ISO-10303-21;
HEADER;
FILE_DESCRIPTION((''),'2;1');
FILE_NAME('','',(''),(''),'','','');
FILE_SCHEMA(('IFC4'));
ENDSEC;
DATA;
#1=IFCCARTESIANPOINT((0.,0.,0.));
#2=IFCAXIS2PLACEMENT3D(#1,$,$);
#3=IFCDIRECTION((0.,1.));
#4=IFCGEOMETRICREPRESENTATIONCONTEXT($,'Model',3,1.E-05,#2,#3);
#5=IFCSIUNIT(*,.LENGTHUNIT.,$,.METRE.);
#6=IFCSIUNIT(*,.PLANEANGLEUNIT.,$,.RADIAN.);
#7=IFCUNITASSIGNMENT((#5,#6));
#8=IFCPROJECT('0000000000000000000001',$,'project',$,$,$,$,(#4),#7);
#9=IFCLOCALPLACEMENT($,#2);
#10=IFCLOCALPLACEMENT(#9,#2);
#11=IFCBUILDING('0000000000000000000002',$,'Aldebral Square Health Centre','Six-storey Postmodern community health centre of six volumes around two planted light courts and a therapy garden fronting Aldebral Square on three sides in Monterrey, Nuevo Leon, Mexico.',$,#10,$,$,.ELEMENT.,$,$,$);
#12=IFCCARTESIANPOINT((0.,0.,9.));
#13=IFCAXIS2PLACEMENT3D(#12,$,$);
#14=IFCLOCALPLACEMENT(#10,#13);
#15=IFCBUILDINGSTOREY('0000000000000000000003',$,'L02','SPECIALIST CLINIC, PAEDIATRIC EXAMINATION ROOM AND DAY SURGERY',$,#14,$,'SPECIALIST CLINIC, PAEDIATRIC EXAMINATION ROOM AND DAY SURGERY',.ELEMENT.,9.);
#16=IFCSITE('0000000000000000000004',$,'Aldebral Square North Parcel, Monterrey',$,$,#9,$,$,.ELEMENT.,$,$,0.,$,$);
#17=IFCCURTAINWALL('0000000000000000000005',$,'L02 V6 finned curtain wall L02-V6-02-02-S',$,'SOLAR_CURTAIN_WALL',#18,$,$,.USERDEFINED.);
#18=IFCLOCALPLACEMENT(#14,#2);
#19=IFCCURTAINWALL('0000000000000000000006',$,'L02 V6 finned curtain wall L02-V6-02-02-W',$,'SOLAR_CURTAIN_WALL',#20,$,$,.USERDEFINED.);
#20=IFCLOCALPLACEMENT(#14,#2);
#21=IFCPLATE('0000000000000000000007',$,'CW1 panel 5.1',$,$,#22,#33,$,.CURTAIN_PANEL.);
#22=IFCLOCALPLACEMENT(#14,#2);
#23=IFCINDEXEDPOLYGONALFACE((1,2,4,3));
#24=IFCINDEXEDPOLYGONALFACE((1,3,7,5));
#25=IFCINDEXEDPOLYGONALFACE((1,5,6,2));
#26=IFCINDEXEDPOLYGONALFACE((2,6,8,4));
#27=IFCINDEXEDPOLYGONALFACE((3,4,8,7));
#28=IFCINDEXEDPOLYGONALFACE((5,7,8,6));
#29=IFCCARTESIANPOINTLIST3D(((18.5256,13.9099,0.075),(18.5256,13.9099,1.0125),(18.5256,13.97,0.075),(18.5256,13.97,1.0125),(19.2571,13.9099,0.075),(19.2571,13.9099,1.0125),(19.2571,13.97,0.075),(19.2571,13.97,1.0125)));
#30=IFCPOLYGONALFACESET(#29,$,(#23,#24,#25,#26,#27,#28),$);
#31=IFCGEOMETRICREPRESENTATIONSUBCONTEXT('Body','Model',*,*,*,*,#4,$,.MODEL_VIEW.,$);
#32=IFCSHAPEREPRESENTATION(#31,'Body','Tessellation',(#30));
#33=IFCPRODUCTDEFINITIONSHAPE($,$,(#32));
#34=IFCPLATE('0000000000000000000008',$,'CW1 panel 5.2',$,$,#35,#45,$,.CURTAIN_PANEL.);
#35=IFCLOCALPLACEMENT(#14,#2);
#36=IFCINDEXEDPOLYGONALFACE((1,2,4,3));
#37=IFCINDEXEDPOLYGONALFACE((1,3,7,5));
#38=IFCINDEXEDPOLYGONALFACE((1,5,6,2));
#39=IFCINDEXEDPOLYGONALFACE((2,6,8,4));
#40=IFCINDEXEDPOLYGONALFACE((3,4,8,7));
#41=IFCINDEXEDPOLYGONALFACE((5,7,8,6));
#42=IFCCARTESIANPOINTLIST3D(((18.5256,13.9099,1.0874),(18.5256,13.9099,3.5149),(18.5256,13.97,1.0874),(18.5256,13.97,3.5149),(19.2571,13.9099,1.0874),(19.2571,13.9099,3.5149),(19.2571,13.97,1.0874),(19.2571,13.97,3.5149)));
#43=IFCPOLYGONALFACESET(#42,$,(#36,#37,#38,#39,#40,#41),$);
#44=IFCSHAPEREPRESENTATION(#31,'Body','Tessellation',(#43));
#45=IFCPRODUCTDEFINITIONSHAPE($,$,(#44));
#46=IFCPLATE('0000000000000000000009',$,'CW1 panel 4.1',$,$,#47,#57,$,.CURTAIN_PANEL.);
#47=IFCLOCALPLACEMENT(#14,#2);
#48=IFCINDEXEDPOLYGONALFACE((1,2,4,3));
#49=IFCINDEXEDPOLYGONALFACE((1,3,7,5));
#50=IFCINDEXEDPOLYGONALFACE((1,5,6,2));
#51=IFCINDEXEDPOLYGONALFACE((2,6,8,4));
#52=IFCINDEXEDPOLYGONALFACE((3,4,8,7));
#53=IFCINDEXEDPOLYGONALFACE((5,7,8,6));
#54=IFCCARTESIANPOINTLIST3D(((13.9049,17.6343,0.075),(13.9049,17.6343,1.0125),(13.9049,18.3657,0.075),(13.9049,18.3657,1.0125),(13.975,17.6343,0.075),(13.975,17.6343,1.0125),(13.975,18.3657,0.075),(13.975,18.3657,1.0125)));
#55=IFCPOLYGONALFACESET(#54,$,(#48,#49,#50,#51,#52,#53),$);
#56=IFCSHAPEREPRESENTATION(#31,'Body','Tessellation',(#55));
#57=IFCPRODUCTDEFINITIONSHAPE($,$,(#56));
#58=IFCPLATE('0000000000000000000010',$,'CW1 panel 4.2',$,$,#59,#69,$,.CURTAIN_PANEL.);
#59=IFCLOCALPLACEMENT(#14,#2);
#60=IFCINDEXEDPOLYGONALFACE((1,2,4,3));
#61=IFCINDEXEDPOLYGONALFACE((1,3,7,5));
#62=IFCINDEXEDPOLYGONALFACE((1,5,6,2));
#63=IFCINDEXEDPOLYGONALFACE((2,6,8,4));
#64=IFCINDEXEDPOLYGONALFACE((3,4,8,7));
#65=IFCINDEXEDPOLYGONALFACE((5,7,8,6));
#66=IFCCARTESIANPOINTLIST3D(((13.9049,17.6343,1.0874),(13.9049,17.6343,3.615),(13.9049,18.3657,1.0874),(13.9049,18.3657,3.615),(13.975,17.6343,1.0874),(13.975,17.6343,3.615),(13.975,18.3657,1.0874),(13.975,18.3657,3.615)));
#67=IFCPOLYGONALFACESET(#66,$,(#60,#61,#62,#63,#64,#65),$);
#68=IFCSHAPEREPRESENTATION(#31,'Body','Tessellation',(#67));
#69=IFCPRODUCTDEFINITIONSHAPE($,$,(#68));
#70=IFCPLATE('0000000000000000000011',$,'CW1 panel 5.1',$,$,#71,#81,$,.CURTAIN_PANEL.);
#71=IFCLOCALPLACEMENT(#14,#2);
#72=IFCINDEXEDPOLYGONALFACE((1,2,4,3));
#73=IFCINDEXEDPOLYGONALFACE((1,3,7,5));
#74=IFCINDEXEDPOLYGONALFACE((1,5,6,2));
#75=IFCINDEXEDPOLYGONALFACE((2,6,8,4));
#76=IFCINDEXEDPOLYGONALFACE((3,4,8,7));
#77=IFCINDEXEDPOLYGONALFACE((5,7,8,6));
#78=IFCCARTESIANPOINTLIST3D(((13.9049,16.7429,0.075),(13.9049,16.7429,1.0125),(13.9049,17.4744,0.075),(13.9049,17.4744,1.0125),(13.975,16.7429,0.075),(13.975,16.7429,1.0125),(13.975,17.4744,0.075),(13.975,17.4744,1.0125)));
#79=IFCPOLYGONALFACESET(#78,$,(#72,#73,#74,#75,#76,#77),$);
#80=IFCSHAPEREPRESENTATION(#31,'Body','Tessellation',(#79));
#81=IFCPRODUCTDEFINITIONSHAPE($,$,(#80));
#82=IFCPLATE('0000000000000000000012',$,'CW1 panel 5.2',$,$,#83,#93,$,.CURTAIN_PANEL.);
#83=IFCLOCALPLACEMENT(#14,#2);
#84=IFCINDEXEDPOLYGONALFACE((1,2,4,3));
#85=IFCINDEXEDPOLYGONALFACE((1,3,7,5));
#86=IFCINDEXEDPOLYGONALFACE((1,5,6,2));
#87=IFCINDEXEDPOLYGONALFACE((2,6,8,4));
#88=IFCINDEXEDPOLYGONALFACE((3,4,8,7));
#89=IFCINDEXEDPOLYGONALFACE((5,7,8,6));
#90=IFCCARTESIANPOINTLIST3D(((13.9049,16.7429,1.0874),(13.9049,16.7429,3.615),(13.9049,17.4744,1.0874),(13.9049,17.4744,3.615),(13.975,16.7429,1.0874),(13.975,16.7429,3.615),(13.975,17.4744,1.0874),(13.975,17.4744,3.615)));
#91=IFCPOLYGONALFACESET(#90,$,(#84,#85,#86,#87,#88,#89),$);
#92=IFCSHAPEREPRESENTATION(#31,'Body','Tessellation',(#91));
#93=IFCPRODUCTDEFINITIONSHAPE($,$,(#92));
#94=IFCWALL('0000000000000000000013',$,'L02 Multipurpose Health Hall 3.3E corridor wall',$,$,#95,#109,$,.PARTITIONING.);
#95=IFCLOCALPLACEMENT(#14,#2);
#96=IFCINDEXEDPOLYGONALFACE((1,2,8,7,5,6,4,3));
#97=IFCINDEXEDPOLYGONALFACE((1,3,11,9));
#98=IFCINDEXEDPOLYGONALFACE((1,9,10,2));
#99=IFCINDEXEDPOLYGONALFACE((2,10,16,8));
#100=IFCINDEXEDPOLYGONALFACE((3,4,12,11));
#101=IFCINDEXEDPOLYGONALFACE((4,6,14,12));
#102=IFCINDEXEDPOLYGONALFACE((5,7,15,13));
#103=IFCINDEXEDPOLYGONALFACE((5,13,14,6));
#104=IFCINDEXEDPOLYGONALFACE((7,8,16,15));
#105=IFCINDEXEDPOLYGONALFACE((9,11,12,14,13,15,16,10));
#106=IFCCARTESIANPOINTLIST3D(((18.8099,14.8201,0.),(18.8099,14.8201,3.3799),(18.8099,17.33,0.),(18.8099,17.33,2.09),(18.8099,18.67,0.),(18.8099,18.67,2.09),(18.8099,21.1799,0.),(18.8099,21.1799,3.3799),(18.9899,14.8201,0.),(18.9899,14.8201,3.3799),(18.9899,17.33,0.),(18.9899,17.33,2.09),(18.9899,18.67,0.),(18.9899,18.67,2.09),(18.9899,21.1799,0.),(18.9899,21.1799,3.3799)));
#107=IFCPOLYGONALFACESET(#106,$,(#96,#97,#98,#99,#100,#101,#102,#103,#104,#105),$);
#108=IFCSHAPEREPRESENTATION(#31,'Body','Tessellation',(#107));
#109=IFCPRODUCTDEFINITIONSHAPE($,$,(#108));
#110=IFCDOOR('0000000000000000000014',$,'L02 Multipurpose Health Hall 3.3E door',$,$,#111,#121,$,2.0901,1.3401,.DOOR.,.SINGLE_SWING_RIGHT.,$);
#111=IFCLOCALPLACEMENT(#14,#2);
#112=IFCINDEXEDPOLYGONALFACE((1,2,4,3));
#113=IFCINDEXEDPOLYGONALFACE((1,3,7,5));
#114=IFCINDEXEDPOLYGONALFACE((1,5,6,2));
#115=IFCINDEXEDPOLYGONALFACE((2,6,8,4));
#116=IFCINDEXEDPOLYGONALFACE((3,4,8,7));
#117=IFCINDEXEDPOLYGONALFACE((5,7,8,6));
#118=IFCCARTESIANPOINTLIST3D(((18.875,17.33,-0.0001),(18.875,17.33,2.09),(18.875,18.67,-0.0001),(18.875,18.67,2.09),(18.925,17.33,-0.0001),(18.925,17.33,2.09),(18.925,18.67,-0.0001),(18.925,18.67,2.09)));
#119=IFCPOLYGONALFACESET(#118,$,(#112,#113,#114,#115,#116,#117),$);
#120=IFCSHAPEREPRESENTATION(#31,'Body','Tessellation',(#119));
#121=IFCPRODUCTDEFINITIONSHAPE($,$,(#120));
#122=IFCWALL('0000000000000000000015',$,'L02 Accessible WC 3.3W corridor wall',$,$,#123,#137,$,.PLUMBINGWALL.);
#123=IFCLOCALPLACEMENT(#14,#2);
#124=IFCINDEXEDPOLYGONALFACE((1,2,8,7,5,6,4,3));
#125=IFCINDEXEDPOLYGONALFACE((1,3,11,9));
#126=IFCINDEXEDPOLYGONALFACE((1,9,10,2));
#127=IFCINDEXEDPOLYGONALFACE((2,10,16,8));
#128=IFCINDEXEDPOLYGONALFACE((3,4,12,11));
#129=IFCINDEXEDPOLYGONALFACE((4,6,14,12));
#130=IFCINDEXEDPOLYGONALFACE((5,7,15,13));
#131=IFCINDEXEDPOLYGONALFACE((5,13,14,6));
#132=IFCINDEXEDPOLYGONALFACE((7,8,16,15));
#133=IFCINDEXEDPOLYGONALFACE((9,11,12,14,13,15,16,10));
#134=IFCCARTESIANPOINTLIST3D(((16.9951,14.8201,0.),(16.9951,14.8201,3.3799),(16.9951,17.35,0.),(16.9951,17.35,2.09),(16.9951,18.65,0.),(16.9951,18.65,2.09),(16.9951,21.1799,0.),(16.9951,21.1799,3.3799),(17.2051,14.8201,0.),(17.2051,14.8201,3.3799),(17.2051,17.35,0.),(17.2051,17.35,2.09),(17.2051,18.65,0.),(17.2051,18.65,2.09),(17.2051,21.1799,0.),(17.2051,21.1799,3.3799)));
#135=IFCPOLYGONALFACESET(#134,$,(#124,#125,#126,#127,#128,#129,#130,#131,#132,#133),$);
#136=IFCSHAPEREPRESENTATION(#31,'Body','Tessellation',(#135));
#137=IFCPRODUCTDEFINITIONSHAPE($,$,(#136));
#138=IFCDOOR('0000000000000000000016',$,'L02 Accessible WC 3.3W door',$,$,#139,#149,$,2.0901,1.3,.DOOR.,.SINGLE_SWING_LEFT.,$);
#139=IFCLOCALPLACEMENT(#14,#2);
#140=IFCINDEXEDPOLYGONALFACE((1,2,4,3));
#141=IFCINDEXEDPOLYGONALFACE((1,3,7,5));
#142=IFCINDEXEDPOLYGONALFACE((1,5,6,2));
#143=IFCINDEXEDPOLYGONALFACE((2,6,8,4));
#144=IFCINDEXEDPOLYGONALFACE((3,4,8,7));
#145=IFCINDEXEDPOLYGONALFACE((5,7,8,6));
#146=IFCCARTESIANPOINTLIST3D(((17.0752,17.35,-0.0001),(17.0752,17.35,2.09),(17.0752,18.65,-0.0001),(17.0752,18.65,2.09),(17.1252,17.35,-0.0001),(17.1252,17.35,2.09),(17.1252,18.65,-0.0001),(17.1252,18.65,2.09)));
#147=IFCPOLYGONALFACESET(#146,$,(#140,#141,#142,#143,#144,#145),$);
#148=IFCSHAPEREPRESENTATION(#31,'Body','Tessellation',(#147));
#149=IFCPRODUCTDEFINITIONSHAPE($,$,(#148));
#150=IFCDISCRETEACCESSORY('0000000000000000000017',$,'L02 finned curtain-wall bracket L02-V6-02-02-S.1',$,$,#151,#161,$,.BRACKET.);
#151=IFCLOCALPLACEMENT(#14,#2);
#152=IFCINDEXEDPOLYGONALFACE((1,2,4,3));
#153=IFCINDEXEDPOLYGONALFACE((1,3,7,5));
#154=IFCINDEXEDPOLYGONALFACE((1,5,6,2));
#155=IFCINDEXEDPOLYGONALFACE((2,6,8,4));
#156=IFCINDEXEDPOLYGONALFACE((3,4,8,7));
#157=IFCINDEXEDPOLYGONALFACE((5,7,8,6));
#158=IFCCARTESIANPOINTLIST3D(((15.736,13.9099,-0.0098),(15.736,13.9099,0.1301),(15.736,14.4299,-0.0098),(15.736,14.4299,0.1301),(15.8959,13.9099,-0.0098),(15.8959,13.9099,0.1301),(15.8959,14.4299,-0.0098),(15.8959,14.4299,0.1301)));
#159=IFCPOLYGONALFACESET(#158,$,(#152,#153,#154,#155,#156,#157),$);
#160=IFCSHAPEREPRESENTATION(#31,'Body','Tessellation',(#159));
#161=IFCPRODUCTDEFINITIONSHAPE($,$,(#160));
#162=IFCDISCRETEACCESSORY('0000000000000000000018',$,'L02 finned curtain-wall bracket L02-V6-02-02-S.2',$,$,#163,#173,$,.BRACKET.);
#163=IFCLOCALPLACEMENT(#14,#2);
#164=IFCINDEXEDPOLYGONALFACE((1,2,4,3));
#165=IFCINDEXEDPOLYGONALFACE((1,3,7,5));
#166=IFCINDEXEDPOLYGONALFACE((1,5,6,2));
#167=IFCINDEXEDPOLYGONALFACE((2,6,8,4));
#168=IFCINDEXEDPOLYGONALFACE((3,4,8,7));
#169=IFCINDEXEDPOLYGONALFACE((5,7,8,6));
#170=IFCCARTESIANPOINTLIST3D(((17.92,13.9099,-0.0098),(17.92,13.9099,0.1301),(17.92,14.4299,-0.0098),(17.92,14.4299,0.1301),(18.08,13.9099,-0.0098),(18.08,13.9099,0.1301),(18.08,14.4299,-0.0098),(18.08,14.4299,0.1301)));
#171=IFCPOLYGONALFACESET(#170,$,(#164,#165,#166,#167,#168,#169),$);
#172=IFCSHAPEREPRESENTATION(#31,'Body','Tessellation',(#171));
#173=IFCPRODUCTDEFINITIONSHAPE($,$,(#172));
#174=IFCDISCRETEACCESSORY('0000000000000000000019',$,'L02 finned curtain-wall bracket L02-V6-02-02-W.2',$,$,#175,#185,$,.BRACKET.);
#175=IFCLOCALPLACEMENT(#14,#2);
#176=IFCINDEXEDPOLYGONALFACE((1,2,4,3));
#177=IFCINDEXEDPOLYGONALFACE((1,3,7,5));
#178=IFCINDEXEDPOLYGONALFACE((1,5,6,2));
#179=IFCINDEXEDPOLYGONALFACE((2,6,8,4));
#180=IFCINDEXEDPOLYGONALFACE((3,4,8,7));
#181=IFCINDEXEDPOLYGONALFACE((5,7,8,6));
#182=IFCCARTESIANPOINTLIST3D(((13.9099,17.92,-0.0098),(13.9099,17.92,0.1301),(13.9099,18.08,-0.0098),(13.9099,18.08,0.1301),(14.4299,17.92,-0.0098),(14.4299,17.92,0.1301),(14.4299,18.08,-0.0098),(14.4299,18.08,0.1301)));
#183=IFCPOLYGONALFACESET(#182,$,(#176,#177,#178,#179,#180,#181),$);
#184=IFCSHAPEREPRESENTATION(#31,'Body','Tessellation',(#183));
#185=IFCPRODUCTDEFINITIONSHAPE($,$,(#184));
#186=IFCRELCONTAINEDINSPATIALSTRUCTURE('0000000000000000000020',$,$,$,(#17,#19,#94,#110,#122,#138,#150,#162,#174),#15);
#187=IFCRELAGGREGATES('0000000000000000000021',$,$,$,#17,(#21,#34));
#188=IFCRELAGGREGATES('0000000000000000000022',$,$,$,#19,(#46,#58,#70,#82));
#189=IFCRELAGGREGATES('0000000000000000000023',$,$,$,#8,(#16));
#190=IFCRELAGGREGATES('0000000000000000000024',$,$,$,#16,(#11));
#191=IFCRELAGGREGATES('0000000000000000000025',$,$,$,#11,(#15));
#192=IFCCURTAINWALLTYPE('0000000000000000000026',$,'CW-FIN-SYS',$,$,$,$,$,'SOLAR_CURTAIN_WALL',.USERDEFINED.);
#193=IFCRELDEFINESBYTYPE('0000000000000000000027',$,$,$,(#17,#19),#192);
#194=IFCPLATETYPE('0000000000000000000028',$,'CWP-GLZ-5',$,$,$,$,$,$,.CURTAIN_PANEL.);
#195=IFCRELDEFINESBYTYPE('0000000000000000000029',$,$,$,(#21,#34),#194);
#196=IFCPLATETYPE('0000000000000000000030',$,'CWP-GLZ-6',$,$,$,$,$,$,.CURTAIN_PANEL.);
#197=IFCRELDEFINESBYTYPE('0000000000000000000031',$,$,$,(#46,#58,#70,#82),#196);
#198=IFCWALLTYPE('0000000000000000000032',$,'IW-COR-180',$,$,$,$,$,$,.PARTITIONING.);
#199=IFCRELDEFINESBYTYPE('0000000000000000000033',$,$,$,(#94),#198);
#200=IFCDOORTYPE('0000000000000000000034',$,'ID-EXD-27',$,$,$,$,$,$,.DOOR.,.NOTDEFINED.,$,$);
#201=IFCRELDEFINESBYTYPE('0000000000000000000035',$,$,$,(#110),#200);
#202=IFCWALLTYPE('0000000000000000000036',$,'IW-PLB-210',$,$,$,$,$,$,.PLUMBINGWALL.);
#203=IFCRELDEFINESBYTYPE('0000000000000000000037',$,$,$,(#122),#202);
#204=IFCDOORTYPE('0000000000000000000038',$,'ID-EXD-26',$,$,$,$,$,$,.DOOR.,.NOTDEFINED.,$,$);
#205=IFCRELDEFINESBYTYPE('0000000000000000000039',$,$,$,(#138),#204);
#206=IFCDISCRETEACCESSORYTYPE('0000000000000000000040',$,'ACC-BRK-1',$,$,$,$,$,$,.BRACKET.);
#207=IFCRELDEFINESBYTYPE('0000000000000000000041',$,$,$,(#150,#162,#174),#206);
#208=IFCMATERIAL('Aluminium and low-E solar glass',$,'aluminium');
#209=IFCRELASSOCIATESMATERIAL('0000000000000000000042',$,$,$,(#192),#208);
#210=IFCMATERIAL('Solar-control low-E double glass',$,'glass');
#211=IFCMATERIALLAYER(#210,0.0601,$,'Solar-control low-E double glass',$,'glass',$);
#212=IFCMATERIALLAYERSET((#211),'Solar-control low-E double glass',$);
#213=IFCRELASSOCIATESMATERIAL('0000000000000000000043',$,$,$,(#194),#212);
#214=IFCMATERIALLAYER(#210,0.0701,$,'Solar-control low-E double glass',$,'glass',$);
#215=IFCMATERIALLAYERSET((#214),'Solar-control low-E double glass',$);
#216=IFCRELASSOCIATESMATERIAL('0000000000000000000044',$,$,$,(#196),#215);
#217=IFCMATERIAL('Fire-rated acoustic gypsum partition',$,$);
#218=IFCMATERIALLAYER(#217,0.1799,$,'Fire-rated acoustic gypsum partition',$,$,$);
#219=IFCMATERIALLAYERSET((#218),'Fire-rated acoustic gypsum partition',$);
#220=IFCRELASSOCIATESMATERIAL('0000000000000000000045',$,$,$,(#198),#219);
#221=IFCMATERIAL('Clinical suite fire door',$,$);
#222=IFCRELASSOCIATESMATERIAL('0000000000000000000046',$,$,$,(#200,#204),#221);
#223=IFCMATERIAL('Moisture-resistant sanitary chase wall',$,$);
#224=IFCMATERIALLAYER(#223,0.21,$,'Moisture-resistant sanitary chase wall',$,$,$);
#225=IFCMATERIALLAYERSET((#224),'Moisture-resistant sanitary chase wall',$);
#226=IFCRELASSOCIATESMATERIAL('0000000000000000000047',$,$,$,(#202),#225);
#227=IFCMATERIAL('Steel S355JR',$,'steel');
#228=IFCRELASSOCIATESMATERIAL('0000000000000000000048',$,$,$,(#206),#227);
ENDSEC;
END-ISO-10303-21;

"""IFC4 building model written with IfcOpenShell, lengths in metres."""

from ifc_helpers import new_model, si_unit, direction, frame, frame_2d, origin, origin_2d, place, context, subcontext, project, spatial, rectangle, extrude, material, layer, layer_set, type_object, element, fill, aggregate, save


model = new_model("IFC4")

# Units and contexts
model_context = context("Model", 3, precision=1e-05, world=origin(), true_north=direction((0.0, 1.0)))
body_context = subcontext(model_context, "Body", "Model", "MODEL_VIEW")
ifc_project = project(units=[si_unit("LENGTHUNIT", "METRE"), si_unit("PLANEANGLEUNIT", "RADIAN")], contexts=[model_context])

# Site, building, storey
site_placement = place(None, origin())
site = spatial("IfcSite", under=ifc_project, at=site_placement, Name="Aldebral Square North Parcel, Monterrey", CompositionType="ELEMENT", RefElevation=0.0)
building_placement = place(site_placement, origin())
building = spatial("IfcBuilding", under=site, at=building_placement, Name="Aldebral Square Health Centre", Description="Six-storey Postmodern community health centre of six volumes around two planted light courts and a therapy garden fronting Aldebral Square on three sides in Monterrey, Nuevo Leon, Mexico.", CompositionType="ELEMENT")
storey_placement = place(building_placement, frame((0.0, 0.0, 9.0)))
storey = spatial("IfcBuildingStorey", under=building, at=storey_placement, Name="L02", Description="SPECIALIST CLINIC, PAEDIATRIC EXAMINATION ROOM AND DAY SURGERY", LongName="SPECIALIST CLINIC, PAEDIATRIC EXAMINATION ROOM AND DAY SURGERY", CompositionType="ELEMENT", Elevation=9.0)

# Curtain wall
ifc_material_1 = material(Name="Aluminium and low-E solar glass", Category="aluminium")
curtain_wall_type = type_object("IfcCurtainWallType", Name="CW-FIN-SYS", ElementType="SOLAR_CURTAIN_WALL", PredefinedType="USERDEFINED", material=ifc_material_1)
curtain_wall_1_placement = place(storey_placement, origin())
curtain_wall_1 = element("IfcCurtainWall", 1, at=curtain_wall_1_placement, inside=storey, type_object=curtain_wall_type, Name="L02 V6 finned curtain wall L02-V6-02-02-S", ObjectType="SOLAR_CURTAIN_WALL", PredefinedType="USERDEFINED")

# Curtain wall
curtain_wall_2_placement = place(storey_placement, origin())
curtain_wall_2 = element("IfcCurtainWall", 2, at=curtain_wall_2_placement, inside=storey, type_object=curtain_wall_type, Name="L02 V6 finned curtain wall L02-V6-02-02-W", ObjectType="SOLAR_CURTAIN_WALL", PredefinedType="USERDEFINED")

# Plates
ifc_material_2 = material(Name="Solar-control low-E double glass", Category="glass")
ifc_layer_1 = layer(ifc_material_2, 0.0601, Name="Solar-control low-E double glass", Category="glass")
ifc_layer_set_1 = layer_set([ifc_layer_1], Name="Solar-control low-E double glass")
plate_type_1 = type_object("IfcPlateType", Name="CWP-GLZ-5", PredefinedType="CURTAIN_PANEL", material=ifc_layer_set_1)
plate_1_placement = place(storey_placement, frame((18.8914, 13.9399, 0.075), z_axis=(0.0, 0.0, 1.0), x_axis=(1.0, 0.0, 0.0)))
plate_1 = element("IfcPlate", 3, at=plate_1_placement, type_object=plate_type_1, Name="CW1 panel 5.1", PredefinedType="CURTAIN_PANEL", context=body_context, shape_type="SweptSolid", body=[
    extrude(rectangle(XDim=0.7314, YDim=0.0601, at=origin_2d()), origin(), (0.0, 0.0, 1.0), 0.9375),
])
plate_2_placement = place(storey_placement, frame((18.8914, 13.9399, 1.0874), z_axis=(0.0, 0.0, 1.0), x_axis=(1.0, 0.0, 0.0)))
plate_2 = element("IfcPlate", 4, at=plate_2_placement, type_object=plate_type_1, Name="CW1 panel 5.2", PredefinedType="CURTAIN_PANEL", context=body_context, shape_type="SweptSolid", body=[
    extrude(rectangle(XDim=0.7314, YDim=0.0601, at=origin_2d()), origin(), (0.0, 0.0, 1.0), 2.4275),
])
aggregate(curtain_wall_1, [plate_1, plate_2])
ifc_layer_2 = layer(ifc_material_2, 0.0701, Name="Solar-control low-E double glass", Category="glass")
ifc_layer_set_2 = layer_set([ifc_layer_2], Name="Solar-control low-E double glass")
plate_type_2 = type_object("IfcPlateType", Name="CWP-GLZ-6", PredefinedType="CURTAIN_PANEL", material=ifc_layer_set_2)
plate_3_placement = place(storey_placement, frame((13.9399, 18.0, 0.075), z_axis=(0.0, 0.0, 1.0), x_axis=(0.0, -1.0, 0.0)))
plate_3 = element("IfcPlate", 5, at=plate_3_placement, type_object=plate_type_2, Name="CW1 panel 4.1", PredefinedType="CURTAIN_PANEL", context=body_context, shape_type="SweptSolid", body=[
    extrude(rectangle(XDim=0.7314, YDim=0.0701, at=origin_2d()), origin(), (0.0, 0.0, 1.0), 0.9375),
])
plate_4_placement = place(storey_placement, frame((13.9399, 18.0, 1.0874), z_axis=(0.0, 0.0, 1.0), x_axis=(0.0, -1.0, 0.0)))
plate_4 = element("IfcPlate", 6, at=plate_4_placement, type_object=plate_type_2, Name="CW1 panel 4.2", PredefinedType="CURTAIN_PANEL", context=body_context, shape_type="SweptSolid", body=[
    extrude(rectangle(XDim=0.7314, YDim=0.0701, at=origin_2d()), origin(), (0.0, 0.0, 1.0), 2.5276),
])
plate_5_placement = place(storey_placement, frame((13.9399, 17.1086, 0.075), z_axis=(0.0, 0.0, 1.0), x_axis=(0.0, -1.0, 0.0)))
plate_5 = element("IfcPlate", 7, at=plate_5_placement, type_object=plate_type_2, Name="CW1 panel 5.1", PredefinedType="CURTAIN_PANEL", context=body_context, shape_type="SweptSolid", body=[
    extrude(rectangle(XDim=0.7314, YDim=0.0701, at=origin_2d()), origin(), (0.0, 0.0, 1.0), 0.9375),
])
plate_6_placement = place(storey_placement, frame((13.9399, 17.1086, 1.0874), z_axis=(0.0, 0.0, 1.0), x_axis=(0.0, -1.0, 0.0)))
plate_6 = element("IfcPlate", 8, at=plate_6_placement, type_object=plate_type_2, Name="CW1 panel 5.2", PredefinedType="CURTAIN_PANEL", context=body_context, shape_type="SweptSolid", body=[
    extrude(rectangle(XDim=0.7314, YDim=0.0701, at=origin_2d()), origin(), (0.0, 0.0, 1.0), 2.5276),
])
aggregate(curtain_wall_2, [plate_3, plate_4, plate_5, plate_6])

# Walls, openings, doors
ifc_material_3 = material(Name="Fire-rated acoustic gypsum partition")
ifc_layer_3 = layer(ifc_material_3, 0.1799, Name="Fire-rated acoustic gypsum partition")
ifc_layer_set_3 = layer_set([ifc_layer_3], Name="Fire-rated acoustic gypsum partition")
wall_type_1 = type_object("IfcWallType", Name="IW-COR-180", PredefinedType="PARTITIONING", material=ifc_layer_set_3)
wall_1_placement = place(storey_placement, frame((18.8999, 14.8201, 0.0), z_axis=(0.0, 0.0, 1.0), x_axis=(0.0, 1.0, 0.0)))
wall_1 = element("IfcWall", 9, at=wall_1_placement, inside=storey, type_object=wall_type_1, Name="L02 Multipurpose Health Hall 3.3E corridor wall", PredefinedType="PARTITIONING", context=body_context, shape_type="SweptSolid", body=[
    extrude(rectangle(XDim=6.3599, YDim=0.1799, at=frame_2d((3.1799, 0.0))), origin(), (0.0, 0.0, 1.0), 3.3799),
])
opening_1_placement = place(wall_1_placement, frame((2.51, 0.0, 0.0)))
opening_1 = element("IfcOpeningElement", 10, at=opening_1_placement, cuts=wall_1, PredefinedType="OPENING", context=body_context, shape_type="SweptSolid", body=[
    extrude(rectangle(XDim=1.3401, YDim=2.0901, at=frame_2d((0.6699, 1.0449))), frame((0.0, 0.1001, 0.0), z_axis=(0.0, -1.0, 0.0), x_axis=(1.0, 0.0, 0.0)), (0.0, 0.0, 1.0), 0.2),
])
ifc_material_4 = material(Name="Clinical suite fire door")
door_type_1 = type_object("IfcDoorType", Name="ID-EXD-27", OperationType="NOTDEFINED", PredefinedType="DOOR", material=ifc_material_4)
door_1_placement = place(opening_1_placement, origin())
door_1 = element("IfcDoor", 11, at=door_1_placement, inside=storey, type_object=door_type_1, Name="L02 Multipurpose Health Hall 3.3E door", OperationType="SINGLE_SWING_RIGHT", OverallHeight=2.0901, OverallWidth=1.3401, PredefinedType="DOOR", context=body_context, shape_type="SweptSolid", body=[
    extrude(rectangle(XDim=1.3401, YDim=2.0901, at=frame_2d((0.6699, 1.0449))), frame((0.0, 0.0249, 0.0), z_axis=(0.0, -1.0, 0.0), x_axis=(1.0, 0.0, 0.0)), (0.0, 0.0, 1.0), 0.05),
])
fill(opening_1, door_1)
ifc_material_5 = material(Name="Moisture-resistant sanitary chase wall")
ifc_layer_4 = layer(ifc_material_5, 0.21, Name="Moisture-resistant sanitary chase wall")
ifc_layer_set_4 = layer_set([ifc_layer_4], Name="Moisture-resistant sanitary chase wall")
wall_type_2 = type_object("IfcWallType", Name="IW-PLB-210", PredefinedType="PLUMBINGWALL", material=ifc_layer_set_4)
wall_2_placement = place(storey_placement, frame((17.1001, 14.8201, 0.0), z_axis=(0.0, 0.0, 1.0), x_axis=(0.0, 1.0, 0.0)))
wall_2 = element("IfcWall", 12, at=wall_2_placement, inside=storey, type_object=wall_type_2, Name="L02 Accessible WC 3.3W corridor wall", PredefinedType="PLUMBINGWALL", context=body_context, shape_type="SweptSolid", body=[
    extrude(rectangle(XDim=6.3599, YDim=0.21, at=frame_2d((3.1799, 0.0))), origin(), (0.0, 0.0, 1.0), 3.3799),
])
opening_2_placement = place(wall_2_placement, frame((2.53, 0.0, 0.0)))
opening_2 = element("IfcOpeningElement", 13, at=opening_2_placement, cuts=wall_2, PredefinedType="OPENING", context=body_context, shape_type="SweptSolid", body=[
    extrude(rectangle(XDim=1.3, YDim=2.0901, at=frame_2d((0.6499, 1.0449))), frame((0.0, 0.115, 0.0), z_axis=(0.0, -1.0, 0.0), x_axis=(1.0, 0.0, 0.0)), (0.0, 0.0, 1.0), 0.23),
])
door_type_2 = type_object("IfcDoorType", Name="ID-EXD-26", OperationType="NOTDEFINED", PredefinedType="DOOR", material=ifc_material_4)
door_2_placement = place(opening_2_placement, origin())
door_2 = element("IfcDoor", 14, at=door_2_placement, inside=storey, type_object=door_type_2, Name="L02 Accessible WC 3.3W door", OperationType="SINGLE_SWING_LEFT", OverallHeight=2.0901, OverallWidth=1.3, PredefinedType="DOOR", context=body_context, shape_type="SweptSolid", body=[
    extrude(rectangle(XDim=1.3, YDim=2.0901, at=frame_2d((0.6499, 1.0449))), frame((0.0, 0.0249, 0.0), z_axis=(0.0, -1.0, 0.0), x_axis=(1.0, 0.0, 0.0)), (0.0, 0.0, 1.0), 0.05),
])
fill(opening_2, door_2)

# Discrete accessories
ifc_material_6 = material(Name="Steel S355JR", Category="steel")
discrete_accessory_type = type_object("IfcDiscreteAccessoryType", Name="ACC-BRK-1", PredefinedType="BRACKET", material=ifc_material_6)
for number, where, z_axis, x_axis, name in (
    (15, (15.8159, 14.1699, -0.0098), (0.0, 0.0, 1.0), (1.0, 0.0, 0.0), "L02 finned curtain-wall bracket L02-V6-02-02-S.1"),
    (16, (18.0, 14.1699, -0.0098), (0.0, 0.0, 1.0), (1.0, 0.0, 0.0), "L02 finned curtain-wall bracket L02-V6-02-02-S.2"),
    (17, (14.1699, 18.0, -0.0098), (0.0, 0.0, 1.0), (0.0, 1.0, 0.0), "L02 finned curtain-wall bracket L02-V6-02-02-W.2"),
):
    element("IfcDiscreteAccessory", number, at=place(storey_placement, frame(where, z_axis=z_axis, x_axis=x_axis)), inside=storey, type_object=discrete_accessory_type, Name=name, PredefinedType="BRACKET", context=body_context, shape_type="SweptSolid", body=[
        extrude(rectangle(XDim=0.1599, YDim=0.52, at=origin_2d()), origin(), (0.0, 0.0, 1.0), 0.1399),
    ])

save(model, "model.ifc")
